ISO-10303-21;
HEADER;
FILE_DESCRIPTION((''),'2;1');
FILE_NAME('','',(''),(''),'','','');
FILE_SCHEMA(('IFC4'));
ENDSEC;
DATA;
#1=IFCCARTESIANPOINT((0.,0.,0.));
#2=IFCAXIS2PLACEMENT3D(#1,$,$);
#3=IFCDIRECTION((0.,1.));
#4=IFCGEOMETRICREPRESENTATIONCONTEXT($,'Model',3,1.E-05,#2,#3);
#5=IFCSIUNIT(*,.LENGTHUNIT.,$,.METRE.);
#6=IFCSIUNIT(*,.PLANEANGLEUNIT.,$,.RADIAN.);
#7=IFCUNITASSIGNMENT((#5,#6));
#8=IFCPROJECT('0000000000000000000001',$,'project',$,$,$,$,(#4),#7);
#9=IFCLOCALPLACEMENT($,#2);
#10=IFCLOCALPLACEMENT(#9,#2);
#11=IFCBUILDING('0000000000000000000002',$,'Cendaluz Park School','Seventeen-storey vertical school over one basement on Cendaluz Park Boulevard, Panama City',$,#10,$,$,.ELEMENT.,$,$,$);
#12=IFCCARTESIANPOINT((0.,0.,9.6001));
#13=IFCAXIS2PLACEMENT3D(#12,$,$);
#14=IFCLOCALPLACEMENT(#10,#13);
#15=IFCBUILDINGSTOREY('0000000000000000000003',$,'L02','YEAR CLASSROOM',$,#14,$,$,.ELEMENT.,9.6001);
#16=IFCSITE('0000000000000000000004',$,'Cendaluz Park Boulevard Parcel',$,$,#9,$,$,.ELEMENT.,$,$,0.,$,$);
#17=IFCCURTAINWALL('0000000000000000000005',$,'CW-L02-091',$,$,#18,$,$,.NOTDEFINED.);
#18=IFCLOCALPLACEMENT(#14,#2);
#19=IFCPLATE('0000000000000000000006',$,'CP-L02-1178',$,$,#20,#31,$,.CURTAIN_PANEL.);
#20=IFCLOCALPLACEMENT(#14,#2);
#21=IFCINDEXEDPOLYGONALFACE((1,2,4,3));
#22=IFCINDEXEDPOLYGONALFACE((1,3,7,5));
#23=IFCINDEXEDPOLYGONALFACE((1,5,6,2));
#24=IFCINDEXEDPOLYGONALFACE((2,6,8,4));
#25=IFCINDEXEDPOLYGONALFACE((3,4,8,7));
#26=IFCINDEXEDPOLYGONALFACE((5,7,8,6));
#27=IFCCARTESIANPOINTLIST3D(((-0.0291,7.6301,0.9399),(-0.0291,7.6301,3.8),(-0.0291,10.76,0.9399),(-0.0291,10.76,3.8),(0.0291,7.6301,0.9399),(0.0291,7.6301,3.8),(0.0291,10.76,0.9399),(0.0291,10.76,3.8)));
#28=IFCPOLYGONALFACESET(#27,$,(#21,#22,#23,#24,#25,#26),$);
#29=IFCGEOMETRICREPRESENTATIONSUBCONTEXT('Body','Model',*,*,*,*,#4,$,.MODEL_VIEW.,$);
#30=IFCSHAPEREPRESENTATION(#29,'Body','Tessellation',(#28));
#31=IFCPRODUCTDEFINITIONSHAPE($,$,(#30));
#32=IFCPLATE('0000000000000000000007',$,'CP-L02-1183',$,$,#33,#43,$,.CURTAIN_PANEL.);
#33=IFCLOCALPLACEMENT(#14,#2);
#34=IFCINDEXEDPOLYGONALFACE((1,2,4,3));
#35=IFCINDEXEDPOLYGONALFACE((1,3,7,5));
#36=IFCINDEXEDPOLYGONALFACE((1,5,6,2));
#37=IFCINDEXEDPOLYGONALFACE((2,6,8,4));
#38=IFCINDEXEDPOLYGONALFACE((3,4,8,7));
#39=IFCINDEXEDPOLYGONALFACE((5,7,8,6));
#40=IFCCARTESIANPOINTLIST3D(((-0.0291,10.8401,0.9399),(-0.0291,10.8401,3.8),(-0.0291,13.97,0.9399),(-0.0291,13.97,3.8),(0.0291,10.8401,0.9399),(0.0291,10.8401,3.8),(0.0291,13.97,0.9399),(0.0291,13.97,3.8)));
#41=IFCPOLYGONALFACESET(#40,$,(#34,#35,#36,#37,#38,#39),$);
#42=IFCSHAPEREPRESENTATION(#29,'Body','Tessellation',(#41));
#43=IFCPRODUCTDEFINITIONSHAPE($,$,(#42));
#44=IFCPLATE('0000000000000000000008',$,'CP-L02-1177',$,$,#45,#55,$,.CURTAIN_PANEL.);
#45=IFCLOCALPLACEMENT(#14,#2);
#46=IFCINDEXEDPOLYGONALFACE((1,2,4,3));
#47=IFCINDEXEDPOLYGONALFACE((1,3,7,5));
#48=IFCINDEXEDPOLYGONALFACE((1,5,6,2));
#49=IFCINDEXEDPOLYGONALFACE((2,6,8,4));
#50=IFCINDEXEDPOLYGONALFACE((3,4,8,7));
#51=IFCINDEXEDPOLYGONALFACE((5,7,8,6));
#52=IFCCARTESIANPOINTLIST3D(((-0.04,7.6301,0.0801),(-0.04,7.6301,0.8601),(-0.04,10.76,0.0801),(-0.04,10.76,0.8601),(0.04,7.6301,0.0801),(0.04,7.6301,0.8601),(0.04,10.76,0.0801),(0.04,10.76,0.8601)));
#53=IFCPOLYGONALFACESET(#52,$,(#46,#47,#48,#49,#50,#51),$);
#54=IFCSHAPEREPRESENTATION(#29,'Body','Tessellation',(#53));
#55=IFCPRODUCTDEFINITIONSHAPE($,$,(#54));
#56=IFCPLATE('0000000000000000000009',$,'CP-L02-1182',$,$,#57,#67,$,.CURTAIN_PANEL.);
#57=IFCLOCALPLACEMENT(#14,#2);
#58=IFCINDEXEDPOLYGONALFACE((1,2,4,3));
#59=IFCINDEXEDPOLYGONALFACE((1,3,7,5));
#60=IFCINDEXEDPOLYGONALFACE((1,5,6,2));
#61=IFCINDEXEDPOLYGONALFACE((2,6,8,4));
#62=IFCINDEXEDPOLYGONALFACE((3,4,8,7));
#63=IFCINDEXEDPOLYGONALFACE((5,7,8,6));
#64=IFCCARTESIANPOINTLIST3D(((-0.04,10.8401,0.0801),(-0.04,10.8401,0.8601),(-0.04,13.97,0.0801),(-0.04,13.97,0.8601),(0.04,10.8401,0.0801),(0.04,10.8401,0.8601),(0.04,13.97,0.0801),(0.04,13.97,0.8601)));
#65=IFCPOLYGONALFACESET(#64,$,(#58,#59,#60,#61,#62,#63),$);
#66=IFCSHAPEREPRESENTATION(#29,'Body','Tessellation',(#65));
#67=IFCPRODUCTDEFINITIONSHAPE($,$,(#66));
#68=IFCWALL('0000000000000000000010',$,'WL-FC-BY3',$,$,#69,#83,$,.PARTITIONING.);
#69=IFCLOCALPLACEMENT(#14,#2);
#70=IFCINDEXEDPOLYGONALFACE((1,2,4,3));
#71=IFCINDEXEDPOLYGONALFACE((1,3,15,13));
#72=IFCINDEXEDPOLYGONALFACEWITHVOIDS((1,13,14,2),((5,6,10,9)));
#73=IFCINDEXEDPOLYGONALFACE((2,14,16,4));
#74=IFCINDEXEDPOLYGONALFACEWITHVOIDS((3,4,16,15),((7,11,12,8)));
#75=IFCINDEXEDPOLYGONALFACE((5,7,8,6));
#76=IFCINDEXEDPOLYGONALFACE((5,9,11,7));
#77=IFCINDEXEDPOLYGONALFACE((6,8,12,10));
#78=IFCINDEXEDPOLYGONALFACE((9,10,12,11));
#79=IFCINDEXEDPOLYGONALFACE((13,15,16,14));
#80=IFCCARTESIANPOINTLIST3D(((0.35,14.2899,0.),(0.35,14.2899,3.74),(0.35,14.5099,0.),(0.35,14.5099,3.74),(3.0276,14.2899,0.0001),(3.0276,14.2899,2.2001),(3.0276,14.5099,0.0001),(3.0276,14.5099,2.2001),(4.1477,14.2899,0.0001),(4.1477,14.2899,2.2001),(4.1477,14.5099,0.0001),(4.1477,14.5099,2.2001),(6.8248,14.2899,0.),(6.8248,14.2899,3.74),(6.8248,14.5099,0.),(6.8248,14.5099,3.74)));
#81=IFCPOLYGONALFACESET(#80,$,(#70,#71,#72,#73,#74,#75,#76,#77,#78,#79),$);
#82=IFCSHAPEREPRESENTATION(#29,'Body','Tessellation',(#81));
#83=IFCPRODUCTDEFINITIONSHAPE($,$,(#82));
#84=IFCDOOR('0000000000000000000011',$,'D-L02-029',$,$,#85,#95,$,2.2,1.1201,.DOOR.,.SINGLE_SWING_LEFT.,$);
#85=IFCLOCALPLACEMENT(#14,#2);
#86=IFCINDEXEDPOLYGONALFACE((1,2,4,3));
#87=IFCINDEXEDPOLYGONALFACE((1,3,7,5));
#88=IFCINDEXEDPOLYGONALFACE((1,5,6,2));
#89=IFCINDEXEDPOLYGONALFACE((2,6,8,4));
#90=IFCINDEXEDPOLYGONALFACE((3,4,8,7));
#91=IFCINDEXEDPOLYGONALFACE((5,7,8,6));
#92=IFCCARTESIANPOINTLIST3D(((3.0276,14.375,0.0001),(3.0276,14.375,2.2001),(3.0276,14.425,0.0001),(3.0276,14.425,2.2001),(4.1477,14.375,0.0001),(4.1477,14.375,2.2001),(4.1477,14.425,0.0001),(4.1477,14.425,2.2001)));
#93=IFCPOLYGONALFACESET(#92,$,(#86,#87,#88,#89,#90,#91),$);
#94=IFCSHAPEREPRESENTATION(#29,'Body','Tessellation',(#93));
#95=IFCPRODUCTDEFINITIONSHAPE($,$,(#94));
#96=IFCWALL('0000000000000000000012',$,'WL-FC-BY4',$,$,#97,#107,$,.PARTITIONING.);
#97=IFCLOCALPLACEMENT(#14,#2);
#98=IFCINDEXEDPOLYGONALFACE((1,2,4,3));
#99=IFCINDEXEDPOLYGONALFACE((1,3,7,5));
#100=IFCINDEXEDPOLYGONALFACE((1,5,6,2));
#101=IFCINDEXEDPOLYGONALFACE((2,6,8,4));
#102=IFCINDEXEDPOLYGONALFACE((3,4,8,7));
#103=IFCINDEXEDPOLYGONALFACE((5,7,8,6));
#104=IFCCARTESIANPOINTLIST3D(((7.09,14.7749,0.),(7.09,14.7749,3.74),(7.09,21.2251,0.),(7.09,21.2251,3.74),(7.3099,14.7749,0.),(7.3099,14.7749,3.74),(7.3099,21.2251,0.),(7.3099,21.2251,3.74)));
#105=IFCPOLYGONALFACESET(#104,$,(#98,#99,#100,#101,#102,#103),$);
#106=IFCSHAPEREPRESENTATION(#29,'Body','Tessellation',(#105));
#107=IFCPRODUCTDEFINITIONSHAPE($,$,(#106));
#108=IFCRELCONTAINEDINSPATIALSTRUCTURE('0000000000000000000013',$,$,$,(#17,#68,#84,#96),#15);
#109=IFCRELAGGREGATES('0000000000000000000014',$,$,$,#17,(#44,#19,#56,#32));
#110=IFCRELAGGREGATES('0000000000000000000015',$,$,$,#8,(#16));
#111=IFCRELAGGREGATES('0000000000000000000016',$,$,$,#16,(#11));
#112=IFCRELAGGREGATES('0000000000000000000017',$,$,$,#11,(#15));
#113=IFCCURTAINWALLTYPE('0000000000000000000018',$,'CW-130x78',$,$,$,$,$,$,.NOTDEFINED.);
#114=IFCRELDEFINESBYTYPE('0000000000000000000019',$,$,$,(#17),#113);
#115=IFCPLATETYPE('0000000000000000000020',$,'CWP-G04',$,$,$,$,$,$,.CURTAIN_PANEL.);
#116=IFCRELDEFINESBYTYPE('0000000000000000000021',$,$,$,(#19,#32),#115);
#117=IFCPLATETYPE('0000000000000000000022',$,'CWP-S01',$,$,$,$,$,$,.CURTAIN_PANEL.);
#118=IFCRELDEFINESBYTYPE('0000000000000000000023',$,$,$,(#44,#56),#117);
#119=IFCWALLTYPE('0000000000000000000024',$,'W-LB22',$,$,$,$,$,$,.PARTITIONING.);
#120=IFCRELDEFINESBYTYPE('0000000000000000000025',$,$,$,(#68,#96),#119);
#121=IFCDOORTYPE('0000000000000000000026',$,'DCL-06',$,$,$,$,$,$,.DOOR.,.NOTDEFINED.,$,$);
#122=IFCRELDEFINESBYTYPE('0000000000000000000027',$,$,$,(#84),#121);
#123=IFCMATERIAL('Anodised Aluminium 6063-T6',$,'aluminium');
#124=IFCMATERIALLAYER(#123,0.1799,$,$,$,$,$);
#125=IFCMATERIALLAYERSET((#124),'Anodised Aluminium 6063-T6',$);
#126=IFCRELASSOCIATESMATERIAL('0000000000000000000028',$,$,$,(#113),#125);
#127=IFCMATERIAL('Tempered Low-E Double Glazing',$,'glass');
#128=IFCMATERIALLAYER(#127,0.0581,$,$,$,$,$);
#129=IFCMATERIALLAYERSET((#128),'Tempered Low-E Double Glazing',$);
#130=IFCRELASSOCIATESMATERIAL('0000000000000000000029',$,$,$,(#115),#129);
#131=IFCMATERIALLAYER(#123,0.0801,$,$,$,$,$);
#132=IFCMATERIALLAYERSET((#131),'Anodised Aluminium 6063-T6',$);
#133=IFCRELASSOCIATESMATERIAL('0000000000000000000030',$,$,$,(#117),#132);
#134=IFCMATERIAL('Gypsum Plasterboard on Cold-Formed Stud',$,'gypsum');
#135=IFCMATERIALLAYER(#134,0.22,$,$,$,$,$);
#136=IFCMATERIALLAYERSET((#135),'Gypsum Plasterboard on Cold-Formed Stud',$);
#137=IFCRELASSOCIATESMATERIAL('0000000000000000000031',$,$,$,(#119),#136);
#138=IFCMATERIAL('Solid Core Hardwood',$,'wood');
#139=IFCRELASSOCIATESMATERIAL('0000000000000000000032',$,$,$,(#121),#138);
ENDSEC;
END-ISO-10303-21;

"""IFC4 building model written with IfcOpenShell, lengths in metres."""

from ifc_helpers import new_model, si_unit, direction, frame, frame_2d, origin, origin_2d, place, context, subcontext, project, spatial, rectangle, extrude, material, layer, layer_set, type_object, element, fill, aggregate, save


model = new_model("IFC4")

# Units and contexts
model_context = context("Model", 3, precision=1e-05, world=origin(), true_north=direction((0.0, 1.0)))
body_context = subcontext(model_context, "Body", "Model", "MODEL_VIEW")
ifc_project = project(units=[si_unit("LENGTHUNIT", "METRE"), si_unit("PLANEANGLEUNIT", "RADIAN")], contexts=[model_context])

# Site, building, storey
site_placement = place(None, origin())
site = spatial("IfcSite", under=ifc_project, at=site_placement, Name="Cendaluz Park Boulevard Parcel", CompositionType="ELEMENT", RefElevation=0.0)
building_placement = place(site_placement, origin())
building = spatial("IfcBuilding", under=site, at=building_placement, Name="Cendaluz Park School", Description="Seventeen-storey vertical school over one basement on Cendaluz Park Boulevard, Panama City", CompositionType="ELEMENT")
storey_placement = place(building_placement, frame((0.0, 0.0, 9.6001)))
storey = spatial("IfcBuildingStorey", under=building, at=storey_placement, Name="L02", Description="YEAR CLASSROOM", CompositionType="ELEMENT", Elevation=9.6001)

# Curtain wall, plates
ifc_material_1 = material(Name="Anodised Aluminium 6063-T6", Category="aluminium")
ifc_layer_1 = layer(ifc_material_1, 0.1799)
ifc_layer_set_1 = layer_set([ifc_layer_1], Name="Anodised Aluminium 6063-T6")
curtain_wall_type = type_object("IfcCurtainWallType", Name="CW-130x78", PredefinedType="NOTDEFINED", material=ifc_layer_set_1)
curtain_wall_placement = place(storey_placement, origin())
curtain_wall = element("IfcCurtainWall", 1, at=curtain_wall_placement, inside=storey, type_object=curtain_wall_type, Name="CW-L02-091", PredefinedType="NOTDEFINED")
ifc_material_2 = material(Name="Tempered Low-E Double Glazing", Category="glass")
ifc_layer_2 = layer(ifc_material_2, 0.0581)
ifc_layer_set_2 = layer_set([ifc_layer_2], Name="Tempered Low-E Double Glazing")
plate_type_1 = type_object("IfcPlateType", Name="CWP-G04", PredefinedType="CURTAIN_PANEL", material=ifc_layer_set_2)
plate_1_placement = place(storey_placement, frame((0.0, 9.1951, 0.9399), z_axis=(0.0, 0.0, 1.0), x_axis=(0.0, 1.0, 0.0)))
plate_1 = element("IfcPlate", 2, at=plate_1_placement, type_object=plate_type_1, Name="CP-L02-1178", PredefinedType="CURTAIN_PANEL", context=body_context, shape_type="SweptSolid", body=[
    extrude(rectangle(XDim=3.1299, YDim=0.0581, at=origin_2d()), origin(), (0.0, 0.0, 1.0), 2.8601),
])
plate_2_placement = place(storey_placement, frame((0.0, 12.405, 0.9399), z_axis=(0.0, 0.0, 1.0), x_axis=(0.0, 1.0, 0.0)))
plate_2 = element("IfcPlate", 3, at=plate_2_placement, type_object=plate_type_1, Name="CP-L02-1183", PredefinedType="CURTAIN_PANEL", context=body_context, shape_type="SweptSolid", body=[
    extrude(rectangle(XDim=3.1299, YDim=0.0581, at=origin_2d()), origin(), (0.0, 0.0, 1.0), 2.8601),
])
ifc_layer_3 = layer(ifc_material_1, 0.0801)
ifc_layer_set_3 = layer_set([ifc_layer_3], Name="Anodised Aluminium 6063-T6")
plate_type_2 = type_object("IfcPlateType", Name="CWP-S01", PredefinedType="CURTAIN_PANEL", material=ifc_layer_set_3)
plate_3_placement = place(storey_placement, frame((0.0, 9.1951, 0.0801), z_axis=(0.0, 0.0, 1.0), x_axis=(0.0, 1.0, 0.0)))
plate_3 = element("IfcPlate", 4, at=plate_3_placement, type_object=plate_type_2, Name="CP-L02-1177", PredefinedType="CURTAIN_PANEL", context=body_context, shape_type="SweptSolid", body=[
    extrude(rectangle(XDim=3.1299, YDim=0.0801, at=origin_2d()), origin(), (0.0, 0.0, 1.0), 0.78),
])
plate_4_placement = place(storey_placement, frame((0.0, 12.405, 0.0801), z_axis=(0.0, 0.0, 1.0), x_axis=(0.0, 1.0, 0.0)))
plate_4 = element("IfcPlate", 5, at=plate_4_placement, type_object=plate_type_2, Name="CP-L02-1182", PredefinedType="CURTAIN_PANEL", context=body_context, shape_type="SweptSolid", body=[
    extrude(rectangle(XDim=3.1299, YDim=0.0801, at=origin_2d()), origin(), (0.0, 0.0, 1.0), 0.78),
])
aggregate(curtain_wall, [plate_3, plate_1, plate_4, plate_2])

# Wall, opening, door
ifc_material_3 = material(Name="Gypsum Plasterboard on Cold-Formed Stud", Category="gypsum")
ifc_layer_4 = layer(ifc_material_3, 0.22)
ifc_layer_set_4 = layer_set([ifc_layer_4], Name="Gypsum Plasterboard on Cold-Formed Stud")
wall_type = type_object("IfcWallType", Name="W-LB22", PredefinedType="PARTITIONING", material=ifc_layer_set_4)
wall_1_placement = place(storey_placement, frame((0.3501, 14.3999, 0.0), z_axis=(0.0, 0.0, 1.0), x_axis=(1.0, 0.0, 0.0)))
wall_1 = element("IfcWall", 6, at=wall_1_placement, inside=storey, type_object=wall_type, Name="WL-FC-BY3", PredefinedType="PARTITIONING", context=body_context, shape_type="SweptSolid", body=[
    extrude(rectangle(XDim=6.4749, YDim=0.22, at=frame_2d((3.2373, 0.0))), origin(), (0.0, 0.0, 1.0), 3.74),
])
opening_placement = place(wall_1_placement, frame((2.6775, 0.0, 0.0)))
opening = element("IfcOpeningElement", 7, at=opening_placement, cuts=wall_1, PredefinedType="OPENING", context=body_context, shape_type="SweptSolid", body=[
    extrude(rectangle(XDim=1.1201, YDim=2.2, at=frame_2d((0.5601, 1.1001))), frame((0.0, 0.1221, 0.0), z_axis=(0.0, -1.0, 0.0), x_axis=(1.0, 0.0, 0.0)), (0.0, 0.0, 1.0), 0.2439),
])
ifc_material_4 = material(Name="Solid Core Hardwood", Category="wood")
door_type = type_object("IfcDoorType", Name="DCL-06", OperationType="NOTDEFINED", PredefinedType="DOOR", material=ifc_material_4)
door_placement = place(opening_placement, frame((1.1201, 0.0, 0.0), z_axis=(0.0, 0.0, 1.0), x_axis=(-1.0, 0.0, 0.0)))
door = element("IfcDoor", 8, at=door_placement, inside=storey, type_object=door_type, Name="D-L02-029", OperationType="SINGLE_SWING_LEFT", OverallHeight=2.2, OverallWidth=1.1201, PredefinedType="DOOR", context=body_context, shape_type="SweptSolid", body=[
    extrude(rectangle(XDim=1.1201, YDim=2.2, at=frame_2d((0.5601, 1.1001))), frame((0.0, 0.0249, 0.0), z_axis=(0.0, -1.0, 0.0), x_axis=(1.0, 0.0, 0.0)), (0.0, 0.0, 1.0), 0.05),
])
fill(opening, door)

# Wall
wall_2_placement = place(storey_placement, frame((7.2, 14.7749, 0.0), z_axis=(0.0, 0.0, 1.0), x_axis=(0.0, 1.0, 0.0)))
element("IfcWall", 9, at=wall_2_placement, inside=storey, type_object=wall_type, Name="WL-FC-BY4", PredefinedType="PARTITIONING", context=body_context, shape_type="SweptSolid", body=[
    extrude(rectangle(XDim=6.4502, YDim=0.22, at=frame_2d((3.2251, 0.0))), origin(), (0.0, 0.0, 1.0), 3.74),
])

save(model, "model.ifc")
